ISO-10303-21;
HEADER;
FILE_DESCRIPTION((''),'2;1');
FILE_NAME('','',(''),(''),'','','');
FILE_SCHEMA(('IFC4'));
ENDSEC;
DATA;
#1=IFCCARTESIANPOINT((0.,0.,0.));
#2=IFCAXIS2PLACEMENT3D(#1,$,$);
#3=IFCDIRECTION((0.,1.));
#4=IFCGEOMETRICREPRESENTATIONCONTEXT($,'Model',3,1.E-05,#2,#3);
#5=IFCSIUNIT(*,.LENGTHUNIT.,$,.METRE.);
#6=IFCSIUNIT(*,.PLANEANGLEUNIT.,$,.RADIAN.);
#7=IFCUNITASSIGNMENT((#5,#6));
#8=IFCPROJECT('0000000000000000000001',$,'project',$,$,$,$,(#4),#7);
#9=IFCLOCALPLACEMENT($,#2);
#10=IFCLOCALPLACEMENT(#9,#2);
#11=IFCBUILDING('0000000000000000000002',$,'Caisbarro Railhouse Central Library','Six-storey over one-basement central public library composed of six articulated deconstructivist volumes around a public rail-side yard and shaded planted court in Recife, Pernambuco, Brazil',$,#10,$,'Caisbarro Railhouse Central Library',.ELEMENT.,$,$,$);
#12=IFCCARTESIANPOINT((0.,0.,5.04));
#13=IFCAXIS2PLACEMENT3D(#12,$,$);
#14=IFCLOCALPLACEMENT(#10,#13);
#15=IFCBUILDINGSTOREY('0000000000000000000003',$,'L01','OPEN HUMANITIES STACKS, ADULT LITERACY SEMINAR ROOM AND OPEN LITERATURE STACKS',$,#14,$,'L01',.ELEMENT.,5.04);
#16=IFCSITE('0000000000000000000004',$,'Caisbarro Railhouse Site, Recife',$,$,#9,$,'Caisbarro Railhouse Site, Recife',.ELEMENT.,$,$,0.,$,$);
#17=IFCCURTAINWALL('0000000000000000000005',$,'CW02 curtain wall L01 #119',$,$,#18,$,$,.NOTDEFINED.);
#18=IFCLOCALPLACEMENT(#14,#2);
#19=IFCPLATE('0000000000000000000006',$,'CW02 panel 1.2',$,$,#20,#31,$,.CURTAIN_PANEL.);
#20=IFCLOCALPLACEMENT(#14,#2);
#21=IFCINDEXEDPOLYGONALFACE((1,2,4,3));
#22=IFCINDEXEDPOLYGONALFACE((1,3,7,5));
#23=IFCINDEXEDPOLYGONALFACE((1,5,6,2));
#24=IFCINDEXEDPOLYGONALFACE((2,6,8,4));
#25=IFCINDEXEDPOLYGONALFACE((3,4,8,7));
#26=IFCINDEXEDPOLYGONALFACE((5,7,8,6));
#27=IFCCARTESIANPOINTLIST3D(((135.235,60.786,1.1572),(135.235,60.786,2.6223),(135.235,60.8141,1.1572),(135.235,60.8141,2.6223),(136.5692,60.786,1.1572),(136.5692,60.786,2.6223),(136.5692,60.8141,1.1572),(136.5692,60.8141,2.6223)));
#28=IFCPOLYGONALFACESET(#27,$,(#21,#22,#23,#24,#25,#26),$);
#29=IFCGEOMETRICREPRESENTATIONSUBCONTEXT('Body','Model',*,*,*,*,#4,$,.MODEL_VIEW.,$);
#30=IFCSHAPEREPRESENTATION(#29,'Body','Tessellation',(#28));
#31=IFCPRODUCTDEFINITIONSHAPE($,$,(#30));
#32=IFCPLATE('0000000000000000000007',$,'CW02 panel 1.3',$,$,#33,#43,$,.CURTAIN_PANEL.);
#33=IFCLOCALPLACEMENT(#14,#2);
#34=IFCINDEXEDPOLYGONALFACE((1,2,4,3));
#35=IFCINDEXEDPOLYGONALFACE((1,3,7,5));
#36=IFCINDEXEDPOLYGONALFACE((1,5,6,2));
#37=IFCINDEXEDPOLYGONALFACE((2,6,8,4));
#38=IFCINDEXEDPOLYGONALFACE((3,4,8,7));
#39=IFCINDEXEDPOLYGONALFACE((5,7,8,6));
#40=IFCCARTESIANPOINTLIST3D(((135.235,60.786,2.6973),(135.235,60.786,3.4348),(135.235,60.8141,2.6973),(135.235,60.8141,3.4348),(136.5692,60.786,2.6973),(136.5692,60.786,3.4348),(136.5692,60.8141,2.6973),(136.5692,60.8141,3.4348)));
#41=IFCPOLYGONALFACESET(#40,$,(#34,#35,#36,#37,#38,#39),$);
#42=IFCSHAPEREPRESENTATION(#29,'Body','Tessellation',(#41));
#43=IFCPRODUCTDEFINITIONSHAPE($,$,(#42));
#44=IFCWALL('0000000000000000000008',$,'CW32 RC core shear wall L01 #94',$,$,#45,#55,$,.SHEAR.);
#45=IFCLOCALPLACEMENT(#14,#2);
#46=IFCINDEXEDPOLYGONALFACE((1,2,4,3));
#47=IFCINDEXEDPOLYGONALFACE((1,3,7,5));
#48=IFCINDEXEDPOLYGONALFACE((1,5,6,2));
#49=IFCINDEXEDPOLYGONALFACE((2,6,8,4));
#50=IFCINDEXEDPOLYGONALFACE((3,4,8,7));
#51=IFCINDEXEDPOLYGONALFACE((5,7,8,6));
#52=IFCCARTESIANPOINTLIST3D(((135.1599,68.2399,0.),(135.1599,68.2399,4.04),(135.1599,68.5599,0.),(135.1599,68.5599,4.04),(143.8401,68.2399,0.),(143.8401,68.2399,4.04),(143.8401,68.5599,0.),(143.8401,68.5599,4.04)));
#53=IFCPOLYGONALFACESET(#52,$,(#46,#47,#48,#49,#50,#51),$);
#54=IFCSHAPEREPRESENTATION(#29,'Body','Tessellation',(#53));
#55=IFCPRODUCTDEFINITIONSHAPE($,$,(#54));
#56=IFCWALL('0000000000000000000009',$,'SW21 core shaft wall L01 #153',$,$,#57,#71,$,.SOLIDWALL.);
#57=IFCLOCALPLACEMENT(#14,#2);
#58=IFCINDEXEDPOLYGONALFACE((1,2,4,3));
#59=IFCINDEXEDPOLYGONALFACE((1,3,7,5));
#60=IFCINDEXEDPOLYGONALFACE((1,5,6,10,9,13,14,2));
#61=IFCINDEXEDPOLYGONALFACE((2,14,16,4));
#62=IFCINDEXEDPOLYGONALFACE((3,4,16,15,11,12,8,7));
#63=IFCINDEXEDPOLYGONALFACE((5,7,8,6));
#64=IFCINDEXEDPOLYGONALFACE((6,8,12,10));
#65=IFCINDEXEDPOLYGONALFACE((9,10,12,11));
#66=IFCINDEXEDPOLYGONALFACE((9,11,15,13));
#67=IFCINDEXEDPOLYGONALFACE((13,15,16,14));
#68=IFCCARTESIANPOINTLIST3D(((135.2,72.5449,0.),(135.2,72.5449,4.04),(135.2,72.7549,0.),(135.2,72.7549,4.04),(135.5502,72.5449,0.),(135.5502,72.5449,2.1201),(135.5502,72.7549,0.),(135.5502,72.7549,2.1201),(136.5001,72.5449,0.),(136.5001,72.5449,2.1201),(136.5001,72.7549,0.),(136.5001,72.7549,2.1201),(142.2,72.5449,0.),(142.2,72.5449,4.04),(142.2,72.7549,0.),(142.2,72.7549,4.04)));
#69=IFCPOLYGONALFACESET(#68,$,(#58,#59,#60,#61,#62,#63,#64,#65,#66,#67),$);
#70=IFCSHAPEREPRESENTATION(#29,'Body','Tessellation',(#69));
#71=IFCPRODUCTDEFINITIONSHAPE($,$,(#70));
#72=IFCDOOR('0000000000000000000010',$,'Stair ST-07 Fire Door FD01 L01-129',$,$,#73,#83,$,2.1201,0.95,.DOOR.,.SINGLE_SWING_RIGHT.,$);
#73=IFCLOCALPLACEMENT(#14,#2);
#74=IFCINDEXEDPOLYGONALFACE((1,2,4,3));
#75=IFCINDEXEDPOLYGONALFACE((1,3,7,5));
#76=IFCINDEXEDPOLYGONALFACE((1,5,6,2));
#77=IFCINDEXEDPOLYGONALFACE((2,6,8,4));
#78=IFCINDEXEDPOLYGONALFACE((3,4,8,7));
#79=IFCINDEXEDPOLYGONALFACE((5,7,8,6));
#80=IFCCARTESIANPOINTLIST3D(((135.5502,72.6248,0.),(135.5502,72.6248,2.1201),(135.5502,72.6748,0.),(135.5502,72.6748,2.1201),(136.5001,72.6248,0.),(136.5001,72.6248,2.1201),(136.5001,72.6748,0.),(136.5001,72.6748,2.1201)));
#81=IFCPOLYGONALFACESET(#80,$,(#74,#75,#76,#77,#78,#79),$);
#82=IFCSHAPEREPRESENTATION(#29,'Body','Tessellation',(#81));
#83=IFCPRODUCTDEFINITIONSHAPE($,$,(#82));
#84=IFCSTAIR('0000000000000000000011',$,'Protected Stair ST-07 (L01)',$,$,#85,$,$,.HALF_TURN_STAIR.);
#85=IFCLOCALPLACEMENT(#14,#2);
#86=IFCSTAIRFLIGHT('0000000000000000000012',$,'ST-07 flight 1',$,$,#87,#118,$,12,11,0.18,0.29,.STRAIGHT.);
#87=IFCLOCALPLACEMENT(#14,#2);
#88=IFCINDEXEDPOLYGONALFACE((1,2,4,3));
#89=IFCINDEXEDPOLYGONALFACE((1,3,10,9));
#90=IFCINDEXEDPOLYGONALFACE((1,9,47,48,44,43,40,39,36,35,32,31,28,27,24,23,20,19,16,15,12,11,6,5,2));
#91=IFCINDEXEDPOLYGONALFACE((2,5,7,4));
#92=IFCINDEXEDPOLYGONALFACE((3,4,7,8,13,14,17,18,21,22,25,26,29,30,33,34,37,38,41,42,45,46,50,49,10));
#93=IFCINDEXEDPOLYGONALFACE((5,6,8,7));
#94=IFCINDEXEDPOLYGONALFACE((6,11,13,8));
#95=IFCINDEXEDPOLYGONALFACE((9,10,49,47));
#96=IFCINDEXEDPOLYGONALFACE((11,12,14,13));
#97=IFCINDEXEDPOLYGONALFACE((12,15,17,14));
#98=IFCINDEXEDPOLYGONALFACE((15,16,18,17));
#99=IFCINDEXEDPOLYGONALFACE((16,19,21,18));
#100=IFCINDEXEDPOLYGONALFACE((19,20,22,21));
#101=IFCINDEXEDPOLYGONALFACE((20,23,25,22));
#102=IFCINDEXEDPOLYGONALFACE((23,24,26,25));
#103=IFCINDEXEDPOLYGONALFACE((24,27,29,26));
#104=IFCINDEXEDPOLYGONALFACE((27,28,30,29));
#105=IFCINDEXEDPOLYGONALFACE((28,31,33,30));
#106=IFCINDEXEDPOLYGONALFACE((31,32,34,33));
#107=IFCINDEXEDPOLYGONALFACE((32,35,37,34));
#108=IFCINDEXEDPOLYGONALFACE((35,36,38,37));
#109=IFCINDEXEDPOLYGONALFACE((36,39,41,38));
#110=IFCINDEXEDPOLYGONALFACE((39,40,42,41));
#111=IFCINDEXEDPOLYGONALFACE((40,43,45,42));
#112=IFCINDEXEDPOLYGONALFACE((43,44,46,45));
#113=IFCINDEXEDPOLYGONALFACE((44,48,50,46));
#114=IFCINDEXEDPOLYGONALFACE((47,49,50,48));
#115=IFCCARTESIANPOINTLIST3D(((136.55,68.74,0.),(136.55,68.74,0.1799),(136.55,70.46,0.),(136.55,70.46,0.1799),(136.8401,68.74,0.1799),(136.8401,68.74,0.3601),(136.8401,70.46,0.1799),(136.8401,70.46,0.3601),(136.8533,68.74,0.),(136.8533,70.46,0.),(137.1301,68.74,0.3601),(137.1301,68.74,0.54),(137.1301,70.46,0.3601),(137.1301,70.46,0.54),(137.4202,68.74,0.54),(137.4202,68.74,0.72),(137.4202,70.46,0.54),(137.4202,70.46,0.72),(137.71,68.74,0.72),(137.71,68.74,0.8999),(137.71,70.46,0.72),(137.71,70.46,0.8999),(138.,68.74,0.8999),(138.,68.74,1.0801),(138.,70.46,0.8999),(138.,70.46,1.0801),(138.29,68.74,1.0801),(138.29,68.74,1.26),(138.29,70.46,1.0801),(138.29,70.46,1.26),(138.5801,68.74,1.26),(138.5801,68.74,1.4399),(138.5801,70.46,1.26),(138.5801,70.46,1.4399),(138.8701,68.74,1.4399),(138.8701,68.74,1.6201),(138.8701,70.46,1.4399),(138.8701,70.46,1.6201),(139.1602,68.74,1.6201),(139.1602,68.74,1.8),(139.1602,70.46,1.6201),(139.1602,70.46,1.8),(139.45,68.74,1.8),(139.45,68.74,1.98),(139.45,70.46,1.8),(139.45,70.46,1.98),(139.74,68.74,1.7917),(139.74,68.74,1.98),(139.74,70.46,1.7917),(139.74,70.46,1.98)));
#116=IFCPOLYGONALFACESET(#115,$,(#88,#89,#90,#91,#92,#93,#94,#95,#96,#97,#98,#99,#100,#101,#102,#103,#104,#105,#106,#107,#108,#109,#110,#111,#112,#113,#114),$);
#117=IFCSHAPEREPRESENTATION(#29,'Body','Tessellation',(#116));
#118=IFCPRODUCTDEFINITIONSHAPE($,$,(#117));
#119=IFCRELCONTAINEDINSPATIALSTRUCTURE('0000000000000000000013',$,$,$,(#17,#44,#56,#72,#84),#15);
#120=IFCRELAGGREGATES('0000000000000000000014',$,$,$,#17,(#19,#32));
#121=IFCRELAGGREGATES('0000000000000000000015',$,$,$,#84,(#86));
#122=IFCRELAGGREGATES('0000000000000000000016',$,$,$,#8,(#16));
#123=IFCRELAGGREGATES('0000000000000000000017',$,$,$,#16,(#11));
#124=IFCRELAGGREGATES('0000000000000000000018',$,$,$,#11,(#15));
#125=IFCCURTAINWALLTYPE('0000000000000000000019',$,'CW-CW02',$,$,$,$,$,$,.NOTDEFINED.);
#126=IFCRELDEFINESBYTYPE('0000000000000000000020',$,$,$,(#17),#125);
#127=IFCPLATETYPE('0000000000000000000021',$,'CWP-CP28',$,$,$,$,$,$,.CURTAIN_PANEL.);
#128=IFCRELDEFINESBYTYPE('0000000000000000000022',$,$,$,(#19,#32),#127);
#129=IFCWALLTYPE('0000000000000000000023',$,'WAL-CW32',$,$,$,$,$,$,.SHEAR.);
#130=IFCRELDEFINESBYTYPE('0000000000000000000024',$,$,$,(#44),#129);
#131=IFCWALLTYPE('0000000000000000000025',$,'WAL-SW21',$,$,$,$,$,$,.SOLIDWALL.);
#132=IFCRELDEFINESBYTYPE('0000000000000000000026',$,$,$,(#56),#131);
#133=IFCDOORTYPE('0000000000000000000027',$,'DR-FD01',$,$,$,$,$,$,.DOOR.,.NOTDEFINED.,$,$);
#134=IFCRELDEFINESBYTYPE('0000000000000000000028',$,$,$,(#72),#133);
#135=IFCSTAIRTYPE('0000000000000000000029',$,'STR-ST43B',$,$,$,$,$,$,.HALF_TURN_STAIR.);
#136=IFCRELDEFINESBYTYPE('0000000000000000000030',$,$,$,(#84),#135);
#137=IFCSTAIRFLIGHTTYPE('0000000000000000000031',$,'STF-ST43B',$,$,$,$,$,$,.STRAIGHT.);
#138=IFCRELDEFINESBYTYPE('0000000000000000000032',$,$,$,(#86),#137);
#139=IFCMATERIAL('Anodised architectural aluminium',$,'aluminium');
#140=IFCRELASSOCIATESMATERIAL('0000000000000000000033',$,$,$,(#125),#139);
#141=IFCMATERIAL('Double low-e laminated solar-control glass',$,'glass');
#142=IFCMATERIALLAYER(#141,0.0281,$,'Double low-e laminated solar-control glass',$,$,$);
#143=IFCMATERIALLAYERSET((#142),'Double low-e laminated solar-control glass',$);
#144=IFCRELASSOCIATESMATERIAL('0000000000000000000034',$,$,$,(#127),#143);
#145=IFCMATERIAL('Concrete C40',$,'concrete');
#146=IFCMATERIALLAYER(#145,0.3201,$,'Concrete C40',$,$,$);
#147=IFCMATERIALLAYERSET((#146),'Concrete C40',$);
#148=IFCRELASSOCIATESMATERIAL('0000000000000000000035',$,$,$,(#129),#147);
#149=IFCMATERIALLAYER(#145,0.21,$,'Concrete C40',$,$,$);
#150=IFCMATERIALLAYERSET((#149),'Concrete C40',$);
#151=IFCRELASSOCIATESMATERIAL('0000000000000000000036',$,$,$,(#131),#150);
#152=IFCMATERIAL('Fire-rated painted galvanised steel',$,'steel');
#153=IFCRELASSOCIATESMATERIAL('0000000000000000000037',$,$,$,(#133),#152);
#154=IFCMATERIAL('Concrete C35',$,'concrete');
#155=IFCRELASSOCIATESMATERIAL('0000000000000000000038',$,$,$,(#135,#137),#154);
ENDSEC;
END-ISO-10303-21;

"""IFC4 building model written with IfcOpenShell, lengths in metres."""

from ifc_helpers import new_model, si_unit, direction, frame, frame_2d, origin, origin_2d, place, context, subcontext, project, spatial, polyline, rectangle, outline, extrude, material, layer, layer_set, type_object, element, fill, aggregate, save


model = new_model("IFC4")

# Units and contexts
model_context = context("Model", 3, precision=1e-05, world=origin(), true_north=direction((0.0, 1.0)))
body_context = subcontext(model_context, "Body", "Model", "MODEL_VIEW")
ifc_project = project(units=[si_unit("LENGTHUNIT", "METRE"), si_unit("PLANEANGLEUNIT", "RADIAN")], contexts=[model_context])

# Site, building, storey
site_placement = place(None, origin())
site = spatial("IfcSite", under=ifc_project, at=site_placement, Name="Caisbarro Railhouse Site, Recife", LongName="Caisbarro Railhouse Site, Recife", CompositionType="ELEMENT", RefElevation=0.0)
building_placement = place(site_placement, origin())
building = spatial("IfcBuilding", under=site, at=building_placement, Name="Caisbarro Railhouse Central Library", Description="Six-storey over one-basement central public library composed of six articulated deconstructivist volumes around a public rail-side yard and shaded planted court in Recife, Pernambuco, Brazil", LongName="Caisbarro Railhouse Central Library", CompositionType="ELEMENT")
storey_placement = place(building_placement, frame((0.0, 0.0, 5.04)))
storey = spatial("IfcBuildingStorey", under=building, at=storey_placement, Name="L01", Description="OPEN HUMANITIES STACKS, ADULT LITERACY SEMINAR ROOM AND OPEN LITERATURE STACKS", LongName="L01", CompositionType="ELEMENT", Elevation=5.04)

# Shared definitions
ifc_material_1 = material(Name="Anodised architectural aluminium", Category="aluminium")
curtain_wall_type = type_object("IfcCurtainWallType", Name="CW-CW02", PredefinedType="NOTDEFINED", material=ifc_material_1)

# Curtain wall
curtain_wall_1_placement = place(storey_placement, origin())
curtain_wall_1 = element("IfcCurtainWall", 1, at=curtain_wall_1_placement, inside=storey, type_object=curtain_wall_type, Name="CW02 curtain wall L01 #119", PredefinedType="NOTDEFINED")

# Plates
ifc_material_2 = material(Name="Double low-e laminated solar-control glass", Category="glass")
ifc_layer_1 = layer(ifc_material_2, 0.0281, Name="Double low-e laminated solar-control glass")
ifc_layer_set_1 = layer_set([ifc_layer_1], Name="Double low-e laminated solar-control glass")
plate_type = type_object("IfcPlateType", Name="CWP-CP28", PredefinedType="CURTAIN_PANEL", material=ifc_layer_set_1)
plate_1_placement = place(storey_placement, frame((135.9021, 60.8, 1.1572), z_axis=(0.0, 0.0, 1.0), x_axis=(1.0, 0.0, 0.0)))
plate_1 = element("IfcPlate", 2, at=plate_1_placement, type_object=plate_type, Name="CW02 panel 1.2", PredefinedType="CURTAIN_PANEL", context=body_context, shape_type="SweptSolid", body=[
    extrude(rectangle(XDim=1.3342, YDim=0.0281, at=origin_2d()), origin(), (0.0, 0.0, 1.0), 1.4651),
])
plate_2_placement = place(storey_placement, frame((135.9021, 60.8, 2.6973), z_axis=(0.0, 0.0, 1.0), x_axis=(1.0, 0.0, 0.0)))
plate_2 = element("IfcPlate", 3, at=plate_2_placement, type_object=plate_type, Name="CW02 panel 1.3", PredefinedType="CURTAIN_PANEL", context=body_context, shape_type="SweptSolid", body=[
    extrude(rectangle(XDim=1.3342, YDim=0.0281, at=origin_2d()), origin(), (0.0, 0.0, 1.0), 0.7375),
])
aggregate(curtain_wall_1, [plate_1, plate_2])

# Wall
ifc_material_3 = material(Name="Concrete C40", Category="concrete")
ifc_layer_2 = layer(ifc_material_3, 0.3201, Name="Concrete C40")
ifc_layer_set_2 = layer_set([ifc_layer_2], Name="Concrete C40")
wall_type_1 = type_object("IfcWallType", Name="WAL-CW32", PredefinedType="SHEAR", material=ifc_layer_set_2)
wall_1_placement = place(storey_placement, frame((135.1599, 68.3999, 0.0), z_axis=(0.0, 0.0, 1.0), x_axis=(1.0, 0.0, 0.0)))
element("IfcWall", 4, at=wall_1_placement, inside=storey, type_object=wall_type_1, Name="CW32 RC core shear wall L01 #94", PredefinedType="SHEAR", context=body_context, shape_type="SweptSolid", body=[
    extrude(rectangle(XDim=8.6802, YDim=0.3201, at=frame_2d((4.3401, 0.0))), origin(), (0.0, 0.0, 1.0), 4.04),
])

# Wall, opening, door
ifc_material_4 = material(Name="Fire-rated painted galvanised steel", Category="steel")
ifc_layer_3 = layer(ifc_material_3, 0.21, Name="Concrete C40")
ifc_layer_set_3 = layer_set([ifc_layer_3], Name="Concrete C40")
wall_type_2 = type_object("IfcWallType", Name="WAL-SW21", PredefinedType="SOLIDWALL", material=ifc_layer_set_3)
wall_2_placement = place(storey_placement, frame((135.2, 72.6499, 0.0), z_axis=(0.0, 0.0, 1.0), x_axis=(1.0, 0.0, 0.0)))
wall_2 = element("IfcWall", 5, at=wall_2_placement, inside=storey, type_object=wall_type_2, Name="SW21 core shaft wall L01 #153", PredefinedType="SOLIDWALL", context=body_context, shape_type="SweptSolid", body=[
    extrude(rectangle(XDim=7.0, YDim=0.21, at=frame_2d((3.5, 0.0))), origin(), (0.0, 0.0, 1.0), 4.04),
])
opening_1_placement = place(wall_2_placement, frame((0.3501, 0.0, 0.0)))
opening_1 = element("IfcOpeningElement", 6, at=opening_1_placement, cuts=wall_2, PredefinedType="OPENING", context=body_context, shape_type="SweptSolid", body=[
    extrude(rectangle(XDim=0.95, YDim=2.1201, at=frame_2d((0.4751, 1.0601))), frame((0.0, 0.115, 0.0), z_axis=(0.0, -1.0, 0.0), x_axis=(1.0, 0.0, 0.0)), (0.0, 0.0, 1.0), 0.23),
])
door_type_1 = type_object("IfcDoorType", Name="DR-FD01", OperationType="NOTDEFINED", PredefinedType="DOOR", material=ifc_material_4)
door_1_placement = place(opening_1_placement, origin())
door_1 = element("IfcDoor", 7, at=door_1_placement, inside=storey, type_object=door_type_1, Name="Stair ST-07 Fire Door FD01 L01-129", OperationType="SINGLE_SWING_RIGHT", OverallHeight=2.1201, OverallWidth=0.95, PredefinedType="DOOR", context=body_context, shape_type="SweptSolid", body=[
    extrude(rectangle(XDim=0.95, YDim=2.1201, at=frame_2d((0.4751, 1.0601))), frame((0.0, 0.0249, 0.0), z_axis=(0.0, -1.0, 0.0), x_axis=(1.0, 0.0, 0.0)), (0.0, 0.0, 1.0), 0.05),
])
fill(opening_1, door_1)

# Stair, stair flight
ifc_material_5 = material(Name="Concrete C35", Category="concrete")
stair_type = type_object("IfcStairType", Name="STR-ST43B", PredefinedType="HALF_TURN_STAIR", material=ifc_material_5)
stair_placement = place(storey_placement, origin())
stair = element("IfcStair", 8, at=stair_placement, inside=storey, type_object=stair_type, Name="Protected Stair ST-07 (L01)", PredefinedType="HALF_TURN_STAIR")
stair_flight_type = type_object("IfcStairFlightType", Name="STF-ST43B", PredefinedType="STRAIGHT", material=ifc_material_5)
stair_flight_placement = place(storey_placement, frame((136.55, 69.6001, 0.0), z_axis=(0.0, 0.0, 1.0), x_axis=(1.0, 0.0, 0.0)))
stair_flight = element("IfcStairFlight", 9, at=stair_flight_placement, type_object=stair_flight_type, Name="ST-07 flight 1", NumberOfRisers=12, NumberOfTreads=11, PredefinedType="STRAIGHT", RiserHeight=0.18, TreadLength=0.29, context=body_context, shape_type="SweptSolid", body=[
    extrude(outline(polyline([(0.0, 0.0), (0.0, 0.1799), (0.29, 0.1799), (0.29, 0.3601), (0.5801, 0.3601), (0.5801, 0.54), (0.8701, 0.54), (0.8701, 0.72), (1.1599, 0.72), (1.1599, 0.8999), (1.45, 0.8999), (1.45, 1.0801), (1.74, 1.0801), (1.74, 1.26), (2.03, 1.26), (2.03, 1.4399), (2.3201, 1.4399), (2.3201, 1.6201), (2.6101, 1.6201), (2.6101, 1.8), (2.8999, 1.8), (2.8999, 1.98), (3.1899, 1.98), (3.1899, 2.1599), (3.1899, 1.7917), (0.3032, 0.0), (0.0, 0.0)])), frame((0.0, 0.8599, 0.0), z_axis=(0.0, -1.0, 0.0), x_axis=(1.0, 0.0, 0.0)), (0.0, 0.0, 1.0), 1.72),
])
aggregate(stair, [stair_flight])

save(model, "model.ifc")
